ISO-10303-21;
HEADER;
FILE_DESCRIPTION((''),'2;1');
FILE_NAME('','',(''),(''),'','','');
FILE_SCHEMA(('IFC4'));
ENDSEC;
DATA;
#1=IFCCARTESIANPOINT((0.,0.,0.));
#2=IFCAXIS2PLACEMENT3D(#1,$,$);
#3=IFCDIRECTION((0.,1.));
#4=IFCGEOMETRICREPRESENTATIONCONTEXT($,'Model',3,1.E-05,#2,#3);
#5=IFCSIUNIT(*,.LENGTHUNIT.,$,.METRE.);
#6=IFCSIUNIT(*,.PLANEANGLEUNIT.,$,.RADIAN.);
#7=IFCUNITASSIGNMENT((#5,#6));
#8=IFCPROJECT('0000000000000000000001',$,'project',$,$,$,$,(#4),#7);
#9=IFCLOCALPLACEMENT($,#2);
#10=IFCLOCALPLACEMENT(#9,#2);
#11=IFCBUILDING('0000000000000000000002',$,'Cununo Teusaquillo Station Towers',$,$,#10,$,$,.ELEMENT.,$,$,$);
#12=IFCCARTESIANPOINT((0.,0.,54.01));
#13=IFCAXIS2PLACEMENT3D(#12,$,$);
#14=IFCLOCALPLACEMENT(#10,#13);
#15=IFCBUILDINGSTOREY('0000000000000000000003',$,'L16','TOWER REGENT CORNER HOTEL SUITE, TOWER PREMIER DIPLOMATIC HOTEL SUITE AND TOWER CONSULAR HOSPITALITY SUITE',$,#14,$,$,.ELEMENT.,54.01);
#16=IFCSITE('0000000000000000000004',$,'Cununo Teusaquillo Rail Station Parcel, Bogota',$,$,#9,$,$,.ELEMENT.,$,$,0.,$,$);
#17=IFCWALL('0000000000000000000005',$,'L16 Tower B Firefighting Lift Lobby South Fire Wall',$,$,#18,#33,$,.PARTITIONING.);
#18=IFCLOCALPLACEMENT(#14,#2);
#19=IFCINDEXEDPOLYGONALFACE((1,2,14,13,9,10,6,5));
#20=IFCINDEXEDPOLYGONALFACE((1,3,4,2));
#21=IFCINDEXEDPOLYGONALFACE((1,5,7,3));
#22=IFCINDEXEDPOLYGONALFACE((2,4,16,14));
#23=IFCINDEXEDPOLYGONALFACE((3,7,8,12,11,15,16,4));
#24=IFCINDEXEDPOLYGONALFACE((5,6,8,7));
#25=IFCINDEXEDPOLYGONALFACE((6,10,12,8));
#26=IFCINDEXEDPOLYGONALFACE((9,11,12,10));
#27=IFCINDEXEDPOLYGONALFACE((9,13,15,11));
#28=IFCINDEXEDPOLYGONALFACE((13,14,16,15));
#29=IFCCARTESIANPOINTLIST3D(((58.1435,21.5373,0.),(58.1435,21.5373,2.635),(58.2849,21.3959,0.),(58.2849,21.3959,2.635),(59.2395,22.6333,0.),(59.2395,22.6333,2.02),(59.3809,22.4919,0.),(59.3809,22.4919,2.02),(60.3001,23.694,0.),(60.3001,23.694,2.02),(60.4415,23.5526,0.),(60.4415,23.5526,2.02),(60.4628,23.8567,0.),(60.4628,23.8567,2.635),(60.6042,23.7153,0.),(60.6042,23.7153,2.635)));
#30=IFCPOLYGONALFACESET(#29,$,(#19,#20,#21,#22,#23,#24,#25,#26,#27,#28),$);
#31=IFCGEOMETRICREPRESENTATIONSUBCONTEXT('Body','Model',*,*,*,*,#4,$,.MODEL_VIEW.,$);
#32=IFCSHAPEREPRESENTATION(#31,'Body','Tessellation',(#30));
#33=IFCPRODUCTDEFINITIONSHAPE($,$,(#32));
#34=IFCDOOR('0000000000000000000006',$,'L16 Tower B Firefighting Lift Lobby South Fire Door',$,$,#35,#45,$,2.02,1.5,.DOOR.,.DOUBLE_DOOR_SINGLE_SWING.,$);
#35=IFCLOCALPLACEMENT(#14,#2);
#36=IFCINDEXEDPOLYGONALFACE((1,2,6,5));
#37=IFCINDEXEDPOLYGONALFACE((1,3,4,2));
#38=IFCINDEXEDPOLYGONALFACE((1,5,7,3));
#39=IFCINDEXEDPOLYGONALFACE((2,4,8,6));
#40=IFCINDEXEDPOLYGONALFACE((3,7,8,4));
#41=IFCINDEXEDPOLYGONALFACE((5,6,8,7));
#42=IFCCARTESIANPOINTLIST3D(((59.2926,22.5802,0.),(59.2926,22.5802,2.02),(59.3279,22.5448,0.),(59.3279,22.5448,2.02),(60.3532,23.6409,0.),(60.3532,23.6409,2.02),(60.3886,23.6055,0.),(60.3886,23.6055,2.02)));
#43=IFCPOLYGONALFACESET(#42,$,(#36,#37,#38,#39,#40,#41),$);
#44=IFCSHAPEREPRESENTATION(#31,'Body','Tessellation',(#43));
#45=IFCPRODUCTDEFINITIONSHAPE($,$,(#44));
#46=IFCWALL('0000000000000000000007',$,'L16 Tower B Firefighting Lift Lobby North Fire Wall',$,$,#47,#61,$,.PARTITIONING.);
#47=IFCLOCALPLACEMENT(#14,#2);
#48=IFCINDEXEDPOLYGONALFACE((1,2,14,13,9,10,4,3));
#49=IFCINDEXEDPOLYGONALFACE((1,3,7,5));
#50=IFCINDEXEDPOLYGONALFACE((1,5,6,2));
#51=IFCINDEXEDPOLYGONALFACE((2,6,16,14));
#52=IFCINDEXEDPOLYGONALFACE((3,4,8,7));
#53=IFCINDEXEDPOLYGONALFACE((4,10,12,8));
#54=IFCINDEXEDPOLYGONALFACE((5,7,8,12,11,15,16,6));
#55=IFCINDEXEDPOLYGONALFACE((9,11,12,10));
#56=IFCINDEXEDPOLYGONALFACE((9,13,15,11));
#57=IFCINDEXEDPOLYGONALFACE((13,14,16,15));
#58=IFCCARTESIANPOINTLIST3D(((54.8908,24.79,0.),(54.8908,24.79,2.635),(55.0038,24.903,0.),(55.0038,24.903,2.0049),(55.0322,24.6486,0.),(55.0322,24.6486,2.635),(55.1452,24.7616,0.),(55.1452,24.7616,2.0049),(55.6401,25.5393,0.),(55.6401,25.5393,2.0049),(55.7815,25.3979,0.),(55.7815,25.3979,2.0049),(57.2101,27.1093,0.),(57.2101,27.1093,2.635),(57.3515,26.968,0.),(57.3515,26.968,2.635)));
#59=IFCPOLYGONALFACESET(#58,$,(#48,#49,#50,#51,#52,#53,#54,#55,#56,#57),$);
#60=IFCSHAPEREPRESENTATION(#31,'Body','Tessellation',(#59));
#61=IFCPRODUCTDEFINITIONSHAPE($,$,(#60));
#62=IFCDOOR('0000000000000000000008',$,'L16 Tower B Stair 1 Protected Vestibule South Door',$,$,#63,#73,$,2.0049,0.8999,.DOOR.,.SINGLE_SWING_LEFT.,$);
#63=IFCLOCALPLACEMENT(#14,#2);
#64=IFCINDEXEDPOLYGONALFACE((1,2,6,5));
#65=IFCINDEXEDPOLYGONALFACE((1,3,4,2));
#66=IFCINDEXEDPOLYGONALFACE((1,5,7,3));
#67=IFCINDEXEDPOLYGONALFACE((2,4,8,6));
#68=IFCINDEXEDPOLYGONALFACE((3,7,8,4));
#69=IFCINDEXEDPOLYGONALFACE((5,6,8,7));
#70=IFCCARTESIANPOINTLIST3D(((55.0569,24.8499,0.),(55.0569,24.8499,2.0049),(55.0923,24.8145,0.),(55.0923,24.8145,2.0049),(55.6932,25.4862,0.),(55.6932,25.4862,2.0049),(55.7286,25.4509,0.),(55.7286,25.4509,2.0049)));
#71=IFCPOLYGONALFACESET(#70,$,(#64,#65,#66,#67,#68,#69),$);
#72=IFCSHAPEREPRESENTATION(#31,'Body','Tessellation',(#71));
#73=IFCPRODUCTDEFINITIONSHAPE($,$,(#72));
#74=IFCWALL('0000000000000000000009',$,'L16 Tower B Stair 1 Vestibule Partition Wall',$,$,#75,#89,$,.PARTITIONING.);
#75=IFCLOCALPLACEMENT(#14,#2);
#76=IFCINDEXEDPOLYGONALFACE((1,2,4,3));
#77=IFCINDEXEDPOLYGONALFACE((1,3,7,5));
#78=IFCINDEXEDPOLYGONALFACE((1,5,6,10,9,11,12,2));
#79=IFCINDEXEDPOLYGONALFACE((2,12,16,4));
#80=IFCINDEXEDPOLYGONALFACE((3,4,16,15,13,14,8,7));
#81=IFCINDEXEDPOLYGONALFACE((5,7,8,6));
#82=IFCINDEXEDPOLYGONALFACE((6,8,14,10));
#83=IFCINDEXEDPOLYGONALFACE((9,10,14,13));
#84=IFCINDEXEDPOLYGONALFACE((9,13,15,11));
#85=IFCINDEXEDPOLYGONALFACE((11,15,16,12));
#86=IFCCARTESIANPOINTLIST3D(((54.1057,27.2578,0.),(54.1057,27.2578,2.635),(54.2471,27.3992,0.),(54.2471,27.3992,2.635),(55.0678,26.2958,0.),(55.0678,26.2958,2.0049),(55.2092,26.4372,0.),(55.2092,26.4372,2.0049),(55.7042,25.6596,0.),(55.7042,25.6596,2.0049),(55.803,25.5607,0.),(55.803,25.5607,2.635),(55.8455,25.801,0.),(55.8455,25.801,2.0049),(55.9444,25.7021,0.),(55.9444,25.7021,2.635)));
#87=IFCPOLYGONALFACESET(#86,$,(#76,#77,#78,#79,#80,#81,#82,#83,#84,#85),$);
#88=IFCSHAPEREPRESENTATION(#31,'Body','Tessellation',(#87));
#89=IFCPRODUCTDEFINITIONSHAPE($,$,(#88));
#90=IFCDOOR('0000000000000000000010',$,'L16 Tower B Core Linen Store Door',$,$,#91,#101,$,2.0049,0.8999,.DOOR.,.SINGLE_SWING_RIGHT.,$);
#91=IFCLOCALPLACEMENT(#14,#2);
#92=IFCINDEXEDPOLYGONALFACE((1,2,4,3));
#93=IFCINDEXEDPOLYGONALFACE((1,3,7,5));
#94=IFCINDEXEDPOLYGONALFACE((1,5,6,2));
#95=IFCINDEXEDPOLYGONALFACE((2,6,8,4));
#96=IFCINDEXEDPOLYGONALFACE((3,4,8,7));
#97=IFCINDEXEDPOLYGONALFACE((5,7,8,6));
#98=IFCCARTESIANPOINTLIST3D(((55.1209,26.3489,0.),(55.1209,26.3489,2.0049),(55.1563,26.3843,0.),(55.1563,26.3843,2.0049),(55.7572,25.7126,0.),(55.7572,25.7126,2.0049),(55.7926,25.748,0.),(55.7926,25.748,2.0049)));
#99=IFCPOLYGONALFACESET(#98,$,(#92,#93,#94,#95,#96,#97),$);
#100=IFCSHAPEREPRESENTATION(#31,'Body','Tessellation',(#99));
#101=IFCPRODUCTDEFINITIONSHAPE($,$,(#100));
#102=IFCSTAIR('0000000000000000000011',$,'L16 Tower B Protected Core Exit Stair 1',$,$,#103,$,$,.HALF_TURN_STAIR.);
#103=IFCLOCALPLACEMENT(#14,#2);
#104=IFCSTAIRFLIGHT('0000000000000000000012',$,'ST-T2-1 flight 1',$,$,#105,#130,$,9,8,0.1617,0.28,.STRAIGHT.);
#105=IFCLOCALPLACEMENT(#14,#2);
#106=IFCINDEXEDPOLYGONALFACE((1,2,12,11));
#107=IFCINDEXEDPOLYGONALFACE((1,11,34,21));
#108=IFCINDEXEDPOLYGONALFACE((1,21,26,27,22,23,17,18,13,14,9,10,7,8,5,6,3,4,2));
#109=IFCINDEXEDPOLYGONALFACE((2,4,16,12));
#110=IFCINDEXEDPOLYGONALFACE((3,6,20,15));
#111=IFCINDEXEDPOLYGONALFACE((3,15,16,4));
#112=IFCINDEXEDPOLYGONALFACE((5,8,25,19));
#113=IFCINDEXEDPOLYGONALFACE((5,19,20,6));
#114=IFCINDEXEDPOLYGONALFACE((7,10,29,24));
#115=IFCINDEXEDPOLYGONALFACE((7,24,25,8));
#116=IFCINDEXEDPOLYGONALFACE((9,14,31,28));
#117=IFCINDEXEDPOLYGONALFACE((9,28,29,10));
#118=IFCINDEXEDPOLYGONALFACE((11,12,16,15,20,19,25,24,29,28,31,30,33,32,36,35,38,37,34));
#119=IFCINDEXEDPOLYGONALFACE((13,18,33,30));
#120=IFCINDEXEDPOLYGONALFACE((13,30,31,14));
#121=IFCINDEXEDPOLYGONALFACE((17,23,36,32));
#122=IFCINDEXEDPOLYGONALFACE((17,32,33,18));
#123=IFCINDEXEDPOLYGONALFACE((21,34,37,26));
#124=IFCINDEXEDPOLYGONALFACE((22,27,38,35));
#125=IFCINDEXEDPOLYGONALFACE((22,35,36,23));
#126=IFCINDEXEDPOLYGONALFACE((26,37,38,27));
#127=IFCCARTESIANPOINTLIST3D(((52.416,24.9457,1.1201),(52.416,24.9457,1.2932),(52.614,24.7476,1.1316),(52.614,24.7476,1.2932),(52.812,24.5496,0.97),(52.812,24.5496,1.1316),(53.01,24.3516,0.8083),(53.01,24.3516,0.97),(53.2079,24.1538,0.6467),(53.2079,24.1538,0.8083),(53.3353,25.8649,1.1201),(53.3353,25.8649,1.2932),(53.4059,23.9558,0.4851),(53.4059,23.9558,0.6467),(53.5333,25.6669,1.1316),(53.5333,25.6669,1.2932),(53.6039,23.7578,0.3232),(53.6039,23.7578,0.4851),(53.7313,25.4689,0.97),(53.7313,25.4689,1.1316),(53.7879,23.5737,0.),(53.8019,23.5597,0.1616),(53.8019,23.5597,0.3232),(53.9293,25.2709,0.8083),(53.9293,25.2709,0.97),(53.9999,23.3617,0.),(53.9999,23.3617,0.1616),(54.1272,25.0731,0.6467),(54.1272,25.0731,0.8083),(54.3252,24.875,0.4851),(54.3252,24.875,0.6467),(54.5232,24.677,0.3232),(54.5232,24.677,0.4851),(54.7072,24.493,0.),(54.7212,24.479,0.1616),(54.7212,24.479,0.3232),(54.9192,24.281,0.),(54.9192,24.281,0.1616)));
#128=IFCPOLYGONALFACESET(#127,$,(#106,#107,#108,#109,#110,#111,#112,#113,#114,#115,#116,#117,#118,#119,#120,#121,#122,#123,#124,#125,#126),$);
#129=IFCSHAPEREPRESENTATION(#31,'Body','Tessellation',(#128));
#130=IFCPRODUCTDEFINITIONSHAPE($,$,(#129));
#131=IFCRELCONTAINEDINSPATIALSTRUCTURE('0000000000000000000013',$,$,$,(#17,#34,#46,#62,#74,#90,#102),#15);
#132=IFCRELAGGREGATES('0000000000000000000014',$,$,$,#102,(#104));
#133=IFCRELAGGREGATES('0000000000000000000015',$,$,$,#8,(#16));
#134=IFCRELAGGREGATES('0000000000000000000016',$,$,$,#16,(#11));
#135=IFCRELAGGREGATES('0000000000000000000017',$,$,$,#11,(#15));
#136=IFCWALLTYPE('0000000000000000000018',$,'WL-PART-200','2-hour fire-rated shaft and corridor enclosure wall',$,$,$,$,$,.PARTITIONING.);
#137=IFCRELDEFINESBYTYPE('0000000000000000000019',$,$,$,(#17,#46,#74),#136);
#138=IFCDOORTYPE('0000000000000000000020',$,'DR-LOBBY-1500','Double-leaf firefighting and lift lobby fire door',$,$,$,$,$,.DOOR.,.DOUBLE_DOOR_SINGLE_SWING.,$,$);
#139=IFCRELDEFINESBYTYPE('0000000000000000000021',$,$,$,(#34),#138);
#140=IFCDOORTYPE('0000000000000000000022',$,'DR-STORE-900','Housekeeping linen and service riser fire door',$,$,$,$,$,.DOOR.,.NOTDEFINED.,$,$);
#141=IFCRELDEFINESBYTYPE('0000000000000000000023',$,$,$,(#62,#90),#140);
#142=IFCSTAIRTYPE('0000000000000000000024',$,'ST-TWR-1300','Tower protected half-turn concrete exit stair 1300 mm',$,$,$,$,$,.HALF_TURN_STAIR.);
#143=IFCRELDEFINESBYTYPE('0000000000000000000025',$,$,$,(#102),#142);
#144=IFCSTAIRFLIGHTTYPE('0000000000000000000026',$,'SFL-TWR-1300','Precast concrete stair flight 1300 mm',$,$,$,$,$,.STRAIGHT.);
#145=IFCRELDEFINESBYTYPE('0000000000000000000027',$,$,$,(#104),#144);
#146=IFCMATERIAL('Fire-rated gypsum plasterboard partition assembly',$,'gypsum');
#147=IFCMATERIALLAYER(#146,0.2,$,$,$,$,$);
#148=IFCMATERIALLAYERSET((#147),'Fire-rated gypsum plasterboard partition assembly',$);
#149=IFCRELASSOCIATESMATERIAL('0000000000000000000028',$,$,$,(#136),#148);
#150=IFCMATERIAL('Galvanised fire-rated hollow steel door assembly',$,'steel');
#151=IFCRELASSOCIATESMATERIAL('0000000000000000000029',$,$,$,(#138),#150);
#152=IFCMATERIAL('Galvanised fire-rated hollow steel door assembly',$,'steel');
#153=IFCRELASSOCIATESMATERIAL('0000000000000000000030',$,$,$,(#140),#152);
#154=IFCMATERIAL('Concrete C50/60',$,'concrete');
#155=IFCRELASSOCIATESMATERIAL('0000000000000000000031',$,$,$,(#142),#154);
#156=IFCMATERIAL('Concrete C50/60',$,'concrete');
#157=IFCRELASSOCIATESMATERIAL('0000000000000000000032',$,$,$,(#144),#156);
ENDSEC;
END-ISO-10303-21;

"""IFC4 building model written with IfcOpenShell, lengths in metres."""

from ifc_helpers import new_model, si_unit, direction, frame, frame_2d, origin, place, context, subcontext, project, spatial, polyline, rectangle, outline, extrude, source, transform, mapped, material, layer, layer_set, type_object, element, fill, aggregate, save


model = new_model("IFC4")

# Units and contexts
model_context = context("Model", 3, precision=1e-05, world=origin(), true_north=direction((0.0, 1.0)))
body_context = subcontext(model_context, "Body", "Model", "MODEL_VIEW")
ifc_project = project(units=[si_unit("LENGTHUNIT", "METRE"), si_unit("PLANEANGLEUNIT", "RADIAN")], contexts=[model_context])

# Site, building, storey
site_placement = place(None, origin())
site = spatial("IfcSite", under=ifc_project, at=site_placement, Name="Cununo Teusaquillo Rail Station Parcel, Bogota", CompositionType="ELEMENT", RefElevation=0.0)
building_placement = place(site_placement, origin())
building = spatial("IfcBuilding", under=site, at=building_placement, Name="Cununo Teusaquillo Station Towers", CompositionType="ELEMENT")
storey_placement = place(building_placement, frame((0.0, 0.0, 54.01)))
storey = spatial("IfcBuildingStorey", under=building, at=storey_placement, Name="L16", Description="TOWER REGENT CORNER HOTEL SUITE, TOWER PREMIER DIPLOMATIC HOTEL SUITE AND TOWER CONSULAR HOSPITALITY SUITE", CompositionType="ELEMENT", Elevation=54.01)

# Shared definitions
shared_shape_1 = source(origin(), body_context, "Body", "SweptSolid", [
    extrude(rectangle(XDim=0.8999, YDim=2.0049, at=frame_2d((0.45, 1.0024))), frame((0.0, 0.0249, 0.0), z_axis=(0.0, -1.0, 0.0), x_axis=(1.0, 0.0, 0.0)), (0.0, 0.0, 1.0), 0.05),
])

# Walls, openings, doors
ifc_material_1 = material(Name="Fire-rated gypsum plasterboard partition assembly", Category="gypsum")
ifc_layer_1 = layer(ifc_material_1, 0.2)
ifc_layer_set_1 = layer_set([ifc_layer_1], Name="Fire-rated gypsum plasterboard partition assembly")
wall_type_1 = type_object("IfcWallType", Name="WL-PART-200", Description="2-hour fire-rated shaft and corridor enclosure wall", PredefinedType="PARTITIONING", material=ifc_layer_set_1)
wall_1_placement = place(storey_placement, frame((58.2141, 21.4666, 0.0), z_axis=(0.0, 0.0, 1.0), x_axis=(0.707107, 0.707107, 0.0)))
wall_1 = element("IfcWall", 1, at=wall_1_placement, inside=storey, type_object=wall_type_1, Name="L16 Tower B Firefighting Lift Lobby South Fire Wall", PredefinedType="PARTITIONING", context=body_context, shape_type="SweptSolid", body=[
    extrude(rectangle(XDim=3.28, YDim=0.2, at=frame_2d((1.6401, 0.0))), origin(), (0.0, 0.0, 1.0), 2.635),
])
shared_shape_2 = source(origin(), body_context, "Body", "SweptSolid", [
    extrude(rectangle(XDim=1.5, YDim=2.02, at=frame_2d((0.75, 1.01))), frame((0.0, 0.1099, 0.0), z_axis=(0.0, -1.0, 0.0), x_axis=(1.0, 0.0, 0.0)), (0.0, 0.0, 1.0), 0.22),
])
opening_1_placement = place(wall_1_placement, frame((1.55, 0.0, 0.0)))
opening_1 = element("IfcOpeningElement", 2, at=opening_1_placement, cuts=wall_1, PredefinedType="OPENING", context=body_context, shape_type="MappedRepresentation", body=[
    mapped(shared_shape_2, transform((0.0, 0.0, 0.0), x_axis=(1.0, 0.0, 0.0), y_axis=(0.0, 1.0, 0.0), z_axis=(0.0, 0.0, 1.0), scale=1.0)),
])
ifc_material_2 = material(Name="Galvanised fire-rated hollow steel door assembly", Category="steel")
door_type_1 = type_object("IfcDoorType", Name="DR-LOBBY-1500", Description="Double-leaf firefighting and lift lobby fire door", OperationType="DOUBLE_DOOR_SINGLE_SWING", PredefinedType="DOOR", material=ifc_material_2)
shared_shape_3 = source(origin(), body_context, "Body", "SweptSolid", [
    extrude(rectangle(XDim=1.5, YDim=2.02, at=frame_2d((0.75, 1.01))), frame((0.0, 0.0249, 0.0), z_axis=(0.0, -1.0, 0.0), x_axis=(1.0, 0.0, 0.0)), (0.0, 0.0, 1.0), 0.05),
])
door_1_placement = place(opening_1_placement, origin())
door_1 = element("IfcDoor", 3, at=door_1_placement, inside=storey, type_object=door_type_1, Name="L16 Tower B Firefighting Lift Lobby South Fire Door", OperationType="DOUBLE_DOOR_SINGLE_SWING", OverallHeight=2.02, OverallWidth=1.5, PredefinedType="DOOR", context=body_context, shape_type="MappedRepresentation", body=[
    mapped(shared_shape_3, transform((0.0, 0.0, 0.0), x_axis=(1.0, 0.0, 0.0), y_axis=(0.0, 1.0, 0.0), z_axis=(0.0, 0.0, 1.0), scale=1.0)),
])
fill(opening_1, door_1)
wall_2_placement = place(storey_placement, frame((54.9614, 24.7192, 0.0), z_axis=(0.0, 0.0, 1.0), x_axis=(0.707107, 0.707107, 0.0)))
wall_2 = element("IfcWall", 4, at=wall_2_placement, inside=storey, type_object=wall_type_1, Name="L16 Tower B Firefighting Lift Lobby North Fire Wall", PredefinedType="PARTITIONING", context=body_context, shape_type="SweptSolid", body=[
    extrude(rectangle(XDim=3.28, YDim=0.2, at=frame_2d((1.6401, 0.0))), origin(), (0.0, 0.0, 1.0), 2.635),
])
shared_shape_4 = source(origin(), body_context, "Body", "SweptSolid", [
    extrude(rectangle(XDim=0.8999, YDim=2.0049, at=frame_2d((0.45, 1.0024))), frame((0.0, 0.1099, 0.0), z_axis=(0.0, -1.0, 0.0), x_axis=(1.0, 0.0, 0.0)), (0.0, 0.0, 1.0), 0.22),
])
opening_2_placement = place(wall_2_placement, frame((0.1599, 0.0, 0.0)))
opening_2 = element("IfcOpeningElement", 5, at=opening_2_placement, cuts=wall_2, PredefinedType="OPENING", context=body_context, shape_type="MappedRepresentation", body=[
    mapped(shared_shape_4, transform((0.0, 0.0, 0.0), x_axis=(1.0, 0.0, 0.0), y_axis=(0.0, 1.0, 0.0), z_axis=(0.0, 0.0, 1.0), scale=1.0)),
])
ifc_material_3 = material(Name="Galvanised fire-rated hollow steel door assembly", Category="steel")
door_type_2 = type_object("IfcDoorType", Name="DR-STORE-900", Description="Housekeeping linen and service riser fire door", OperationType="NOTDEFINED", PredefinedType="DOOR", material=ifc_material_3)
door_2_placement = place(opening_2_placement, origin())
door_2 = element("IfcDoor", 6, at=door_2_placement, inside=storey, type_object=door_type_2, Name="L16 Tower B Stair 1 Protected Vestibule South Door", OperationType="SINGLE_SWING_LEFT", OverallHeight=2.0049, OverallWidth=0.8999, PredefinedType="DOOR", context=body_context, shape_type="MappedRepresentation", body=[
    mapped(shared_shape_1, transform((0.0, 0.0, 0.0), x_axis=(1.0, 0.0, 0.0), y_axis=(0.0, 1.0, 0.0), z_axis=(0.0, 0.0, 1.0), scale=1.0)),
])
fill(opening_2, door_2)
wall_3_placement = place(storey_placement, frame((55.8738, 25.6313, 0.0), z_axis=(0.0, 0.0, 1.0), x_axis=(-0.707158, 0.707056, 0.0)))
wall_3 = element("IfcWall", 7, at=wall_3_placement, inside=storey, type_object=wall_type_1, Name="L16 Tower B Stair 1 Vestibule Partition Wall", PredefinedType="PARTITIONING", context=body_context, shape_type="SweptSolid", body=[
    extrude(rectangle(XDim=2.4001, YDim=0.2, at=frame_2d((1.2002, 0.0))), origin(), (0.0, 0.0, 1.0), 2.635),
])
opening_3_placement = place(wall_3_placement, frame((0.1399, 0.0, 0.0)))
opening_3 = element("IfcOpeningElement", 8, at=opening_3_placement, cuts=wall_3, PredefinedType="OPENING", context=body_context, shape_type="MappedRepresentation", body=[
    mapped(shared_shape_4, transform((0.0, 0.0, 0.0), x_axis=(1.0, 0.0, 0.0), y_axis=(0.0, 1.0, 0.0), z_axis=(0.0, 0.0, 1.0), scale=1.0)),
])
door_3_placement = place(opening_3_placement, origin())
door_3 = element("IfcDoor", 9, at=door_3_placement, inside=storey, type_object=door_type_2, Name="L16 Tower B Core Linen Store Door", OperationType="SINGLE_SWING_RIGHT", OverallHeight=2.0049, OverallWidth=0.8999, PredefinedType="DOOR", context=body_context, shape_type="MappedRepresentation", body=[
    mapped(shared_shape_1, transform((0.0, 0.0, 0.0), x_axis=(1.0, 0.0, 0.0), y_axis=(0.0, 1.0, 0.0), z_axis=(0.0, 0.0, 1.0), scale=1.0)),
])
fill(opening_3, door_3)

# Stair, stair flight
ifc_material_4 = material(Name="Concrete C50/60", Category="concrete")
stair_type = type_object("IfcStairType", Name="ST-TWR-1300", Description="Tower protected half-turn concrete exit stair 1300 mm", PredefinedType="HALF_TURN_STAIR", material=ifc_material_4)
stair_placement = place(storey_placement, origin())
stair = element("IfcStair", 10, at=stair_placement, inside=storey, type_object=stair_type, Name="L16 Tower B Protected Core Exit Stair 1", PredefinedType="HALF_TURN_STAIR")
ifc_material_5 = material(Name="Concrete C50/60", Category="concrete")
stair_flight_type = type_object("IfcStairFlightType", Name="SFL-TWR-1300", Description="Precast concrete stair flight 1300 mm", PredefinedType="STRAIGHT", material=ifc_material_5)
stair_flight_placement = place(storey_placement, frame((54.4595, 23.8213, 0.0), z_axis=(0.0, 0.0, 1.0), x_axis=(-0.707107, 0.707107, 0.0)))
stair_flight = element("IfcStairFlight", 11, at=stair_flight_placement, type_object=stair_flight_type, Name="ST-T2-1 flight 1", NumberOfRisers=9, NumberOfTreads=8, PredefinedType="STRAIGHT", RiserHeight=0.1617, TreadLength=0.28, context=body_context, shape_type="SweptSolid", body=[
    extrude(outline(polyline([(0.0, 0.0), (0.0, 0.1616), (0.28, 0.1616), (0.28, 0.3232), (0.5601, 0.3232), (0.5601, 0.4851), (0.8401, 0.4851), (0.8401, 0.6467), (1.1201, 0.6467), (1.1201, 0.8083), (1.3999, 0.8083), (1.3999, 0.97), (1.6799, 0.97), (1.6799, 1.1316), (1.96, 1.1316), (1.96, 1.2932), (2.24, 1.2932), (2.24, 1.4551), (2.24, 1.1201), (0.2998, 0.0), (0.0, 0.0)])), frame((0.0, 0.6499, 0.0), z_axis=(0.0, -1.0, 0.0), x_axis=(1.0, 0.0, 0.0)), (0.0, 0.0, 1.0), 1.3),
])
aggregate(stair, [stair_flight])

save(model, "model.ifc")
